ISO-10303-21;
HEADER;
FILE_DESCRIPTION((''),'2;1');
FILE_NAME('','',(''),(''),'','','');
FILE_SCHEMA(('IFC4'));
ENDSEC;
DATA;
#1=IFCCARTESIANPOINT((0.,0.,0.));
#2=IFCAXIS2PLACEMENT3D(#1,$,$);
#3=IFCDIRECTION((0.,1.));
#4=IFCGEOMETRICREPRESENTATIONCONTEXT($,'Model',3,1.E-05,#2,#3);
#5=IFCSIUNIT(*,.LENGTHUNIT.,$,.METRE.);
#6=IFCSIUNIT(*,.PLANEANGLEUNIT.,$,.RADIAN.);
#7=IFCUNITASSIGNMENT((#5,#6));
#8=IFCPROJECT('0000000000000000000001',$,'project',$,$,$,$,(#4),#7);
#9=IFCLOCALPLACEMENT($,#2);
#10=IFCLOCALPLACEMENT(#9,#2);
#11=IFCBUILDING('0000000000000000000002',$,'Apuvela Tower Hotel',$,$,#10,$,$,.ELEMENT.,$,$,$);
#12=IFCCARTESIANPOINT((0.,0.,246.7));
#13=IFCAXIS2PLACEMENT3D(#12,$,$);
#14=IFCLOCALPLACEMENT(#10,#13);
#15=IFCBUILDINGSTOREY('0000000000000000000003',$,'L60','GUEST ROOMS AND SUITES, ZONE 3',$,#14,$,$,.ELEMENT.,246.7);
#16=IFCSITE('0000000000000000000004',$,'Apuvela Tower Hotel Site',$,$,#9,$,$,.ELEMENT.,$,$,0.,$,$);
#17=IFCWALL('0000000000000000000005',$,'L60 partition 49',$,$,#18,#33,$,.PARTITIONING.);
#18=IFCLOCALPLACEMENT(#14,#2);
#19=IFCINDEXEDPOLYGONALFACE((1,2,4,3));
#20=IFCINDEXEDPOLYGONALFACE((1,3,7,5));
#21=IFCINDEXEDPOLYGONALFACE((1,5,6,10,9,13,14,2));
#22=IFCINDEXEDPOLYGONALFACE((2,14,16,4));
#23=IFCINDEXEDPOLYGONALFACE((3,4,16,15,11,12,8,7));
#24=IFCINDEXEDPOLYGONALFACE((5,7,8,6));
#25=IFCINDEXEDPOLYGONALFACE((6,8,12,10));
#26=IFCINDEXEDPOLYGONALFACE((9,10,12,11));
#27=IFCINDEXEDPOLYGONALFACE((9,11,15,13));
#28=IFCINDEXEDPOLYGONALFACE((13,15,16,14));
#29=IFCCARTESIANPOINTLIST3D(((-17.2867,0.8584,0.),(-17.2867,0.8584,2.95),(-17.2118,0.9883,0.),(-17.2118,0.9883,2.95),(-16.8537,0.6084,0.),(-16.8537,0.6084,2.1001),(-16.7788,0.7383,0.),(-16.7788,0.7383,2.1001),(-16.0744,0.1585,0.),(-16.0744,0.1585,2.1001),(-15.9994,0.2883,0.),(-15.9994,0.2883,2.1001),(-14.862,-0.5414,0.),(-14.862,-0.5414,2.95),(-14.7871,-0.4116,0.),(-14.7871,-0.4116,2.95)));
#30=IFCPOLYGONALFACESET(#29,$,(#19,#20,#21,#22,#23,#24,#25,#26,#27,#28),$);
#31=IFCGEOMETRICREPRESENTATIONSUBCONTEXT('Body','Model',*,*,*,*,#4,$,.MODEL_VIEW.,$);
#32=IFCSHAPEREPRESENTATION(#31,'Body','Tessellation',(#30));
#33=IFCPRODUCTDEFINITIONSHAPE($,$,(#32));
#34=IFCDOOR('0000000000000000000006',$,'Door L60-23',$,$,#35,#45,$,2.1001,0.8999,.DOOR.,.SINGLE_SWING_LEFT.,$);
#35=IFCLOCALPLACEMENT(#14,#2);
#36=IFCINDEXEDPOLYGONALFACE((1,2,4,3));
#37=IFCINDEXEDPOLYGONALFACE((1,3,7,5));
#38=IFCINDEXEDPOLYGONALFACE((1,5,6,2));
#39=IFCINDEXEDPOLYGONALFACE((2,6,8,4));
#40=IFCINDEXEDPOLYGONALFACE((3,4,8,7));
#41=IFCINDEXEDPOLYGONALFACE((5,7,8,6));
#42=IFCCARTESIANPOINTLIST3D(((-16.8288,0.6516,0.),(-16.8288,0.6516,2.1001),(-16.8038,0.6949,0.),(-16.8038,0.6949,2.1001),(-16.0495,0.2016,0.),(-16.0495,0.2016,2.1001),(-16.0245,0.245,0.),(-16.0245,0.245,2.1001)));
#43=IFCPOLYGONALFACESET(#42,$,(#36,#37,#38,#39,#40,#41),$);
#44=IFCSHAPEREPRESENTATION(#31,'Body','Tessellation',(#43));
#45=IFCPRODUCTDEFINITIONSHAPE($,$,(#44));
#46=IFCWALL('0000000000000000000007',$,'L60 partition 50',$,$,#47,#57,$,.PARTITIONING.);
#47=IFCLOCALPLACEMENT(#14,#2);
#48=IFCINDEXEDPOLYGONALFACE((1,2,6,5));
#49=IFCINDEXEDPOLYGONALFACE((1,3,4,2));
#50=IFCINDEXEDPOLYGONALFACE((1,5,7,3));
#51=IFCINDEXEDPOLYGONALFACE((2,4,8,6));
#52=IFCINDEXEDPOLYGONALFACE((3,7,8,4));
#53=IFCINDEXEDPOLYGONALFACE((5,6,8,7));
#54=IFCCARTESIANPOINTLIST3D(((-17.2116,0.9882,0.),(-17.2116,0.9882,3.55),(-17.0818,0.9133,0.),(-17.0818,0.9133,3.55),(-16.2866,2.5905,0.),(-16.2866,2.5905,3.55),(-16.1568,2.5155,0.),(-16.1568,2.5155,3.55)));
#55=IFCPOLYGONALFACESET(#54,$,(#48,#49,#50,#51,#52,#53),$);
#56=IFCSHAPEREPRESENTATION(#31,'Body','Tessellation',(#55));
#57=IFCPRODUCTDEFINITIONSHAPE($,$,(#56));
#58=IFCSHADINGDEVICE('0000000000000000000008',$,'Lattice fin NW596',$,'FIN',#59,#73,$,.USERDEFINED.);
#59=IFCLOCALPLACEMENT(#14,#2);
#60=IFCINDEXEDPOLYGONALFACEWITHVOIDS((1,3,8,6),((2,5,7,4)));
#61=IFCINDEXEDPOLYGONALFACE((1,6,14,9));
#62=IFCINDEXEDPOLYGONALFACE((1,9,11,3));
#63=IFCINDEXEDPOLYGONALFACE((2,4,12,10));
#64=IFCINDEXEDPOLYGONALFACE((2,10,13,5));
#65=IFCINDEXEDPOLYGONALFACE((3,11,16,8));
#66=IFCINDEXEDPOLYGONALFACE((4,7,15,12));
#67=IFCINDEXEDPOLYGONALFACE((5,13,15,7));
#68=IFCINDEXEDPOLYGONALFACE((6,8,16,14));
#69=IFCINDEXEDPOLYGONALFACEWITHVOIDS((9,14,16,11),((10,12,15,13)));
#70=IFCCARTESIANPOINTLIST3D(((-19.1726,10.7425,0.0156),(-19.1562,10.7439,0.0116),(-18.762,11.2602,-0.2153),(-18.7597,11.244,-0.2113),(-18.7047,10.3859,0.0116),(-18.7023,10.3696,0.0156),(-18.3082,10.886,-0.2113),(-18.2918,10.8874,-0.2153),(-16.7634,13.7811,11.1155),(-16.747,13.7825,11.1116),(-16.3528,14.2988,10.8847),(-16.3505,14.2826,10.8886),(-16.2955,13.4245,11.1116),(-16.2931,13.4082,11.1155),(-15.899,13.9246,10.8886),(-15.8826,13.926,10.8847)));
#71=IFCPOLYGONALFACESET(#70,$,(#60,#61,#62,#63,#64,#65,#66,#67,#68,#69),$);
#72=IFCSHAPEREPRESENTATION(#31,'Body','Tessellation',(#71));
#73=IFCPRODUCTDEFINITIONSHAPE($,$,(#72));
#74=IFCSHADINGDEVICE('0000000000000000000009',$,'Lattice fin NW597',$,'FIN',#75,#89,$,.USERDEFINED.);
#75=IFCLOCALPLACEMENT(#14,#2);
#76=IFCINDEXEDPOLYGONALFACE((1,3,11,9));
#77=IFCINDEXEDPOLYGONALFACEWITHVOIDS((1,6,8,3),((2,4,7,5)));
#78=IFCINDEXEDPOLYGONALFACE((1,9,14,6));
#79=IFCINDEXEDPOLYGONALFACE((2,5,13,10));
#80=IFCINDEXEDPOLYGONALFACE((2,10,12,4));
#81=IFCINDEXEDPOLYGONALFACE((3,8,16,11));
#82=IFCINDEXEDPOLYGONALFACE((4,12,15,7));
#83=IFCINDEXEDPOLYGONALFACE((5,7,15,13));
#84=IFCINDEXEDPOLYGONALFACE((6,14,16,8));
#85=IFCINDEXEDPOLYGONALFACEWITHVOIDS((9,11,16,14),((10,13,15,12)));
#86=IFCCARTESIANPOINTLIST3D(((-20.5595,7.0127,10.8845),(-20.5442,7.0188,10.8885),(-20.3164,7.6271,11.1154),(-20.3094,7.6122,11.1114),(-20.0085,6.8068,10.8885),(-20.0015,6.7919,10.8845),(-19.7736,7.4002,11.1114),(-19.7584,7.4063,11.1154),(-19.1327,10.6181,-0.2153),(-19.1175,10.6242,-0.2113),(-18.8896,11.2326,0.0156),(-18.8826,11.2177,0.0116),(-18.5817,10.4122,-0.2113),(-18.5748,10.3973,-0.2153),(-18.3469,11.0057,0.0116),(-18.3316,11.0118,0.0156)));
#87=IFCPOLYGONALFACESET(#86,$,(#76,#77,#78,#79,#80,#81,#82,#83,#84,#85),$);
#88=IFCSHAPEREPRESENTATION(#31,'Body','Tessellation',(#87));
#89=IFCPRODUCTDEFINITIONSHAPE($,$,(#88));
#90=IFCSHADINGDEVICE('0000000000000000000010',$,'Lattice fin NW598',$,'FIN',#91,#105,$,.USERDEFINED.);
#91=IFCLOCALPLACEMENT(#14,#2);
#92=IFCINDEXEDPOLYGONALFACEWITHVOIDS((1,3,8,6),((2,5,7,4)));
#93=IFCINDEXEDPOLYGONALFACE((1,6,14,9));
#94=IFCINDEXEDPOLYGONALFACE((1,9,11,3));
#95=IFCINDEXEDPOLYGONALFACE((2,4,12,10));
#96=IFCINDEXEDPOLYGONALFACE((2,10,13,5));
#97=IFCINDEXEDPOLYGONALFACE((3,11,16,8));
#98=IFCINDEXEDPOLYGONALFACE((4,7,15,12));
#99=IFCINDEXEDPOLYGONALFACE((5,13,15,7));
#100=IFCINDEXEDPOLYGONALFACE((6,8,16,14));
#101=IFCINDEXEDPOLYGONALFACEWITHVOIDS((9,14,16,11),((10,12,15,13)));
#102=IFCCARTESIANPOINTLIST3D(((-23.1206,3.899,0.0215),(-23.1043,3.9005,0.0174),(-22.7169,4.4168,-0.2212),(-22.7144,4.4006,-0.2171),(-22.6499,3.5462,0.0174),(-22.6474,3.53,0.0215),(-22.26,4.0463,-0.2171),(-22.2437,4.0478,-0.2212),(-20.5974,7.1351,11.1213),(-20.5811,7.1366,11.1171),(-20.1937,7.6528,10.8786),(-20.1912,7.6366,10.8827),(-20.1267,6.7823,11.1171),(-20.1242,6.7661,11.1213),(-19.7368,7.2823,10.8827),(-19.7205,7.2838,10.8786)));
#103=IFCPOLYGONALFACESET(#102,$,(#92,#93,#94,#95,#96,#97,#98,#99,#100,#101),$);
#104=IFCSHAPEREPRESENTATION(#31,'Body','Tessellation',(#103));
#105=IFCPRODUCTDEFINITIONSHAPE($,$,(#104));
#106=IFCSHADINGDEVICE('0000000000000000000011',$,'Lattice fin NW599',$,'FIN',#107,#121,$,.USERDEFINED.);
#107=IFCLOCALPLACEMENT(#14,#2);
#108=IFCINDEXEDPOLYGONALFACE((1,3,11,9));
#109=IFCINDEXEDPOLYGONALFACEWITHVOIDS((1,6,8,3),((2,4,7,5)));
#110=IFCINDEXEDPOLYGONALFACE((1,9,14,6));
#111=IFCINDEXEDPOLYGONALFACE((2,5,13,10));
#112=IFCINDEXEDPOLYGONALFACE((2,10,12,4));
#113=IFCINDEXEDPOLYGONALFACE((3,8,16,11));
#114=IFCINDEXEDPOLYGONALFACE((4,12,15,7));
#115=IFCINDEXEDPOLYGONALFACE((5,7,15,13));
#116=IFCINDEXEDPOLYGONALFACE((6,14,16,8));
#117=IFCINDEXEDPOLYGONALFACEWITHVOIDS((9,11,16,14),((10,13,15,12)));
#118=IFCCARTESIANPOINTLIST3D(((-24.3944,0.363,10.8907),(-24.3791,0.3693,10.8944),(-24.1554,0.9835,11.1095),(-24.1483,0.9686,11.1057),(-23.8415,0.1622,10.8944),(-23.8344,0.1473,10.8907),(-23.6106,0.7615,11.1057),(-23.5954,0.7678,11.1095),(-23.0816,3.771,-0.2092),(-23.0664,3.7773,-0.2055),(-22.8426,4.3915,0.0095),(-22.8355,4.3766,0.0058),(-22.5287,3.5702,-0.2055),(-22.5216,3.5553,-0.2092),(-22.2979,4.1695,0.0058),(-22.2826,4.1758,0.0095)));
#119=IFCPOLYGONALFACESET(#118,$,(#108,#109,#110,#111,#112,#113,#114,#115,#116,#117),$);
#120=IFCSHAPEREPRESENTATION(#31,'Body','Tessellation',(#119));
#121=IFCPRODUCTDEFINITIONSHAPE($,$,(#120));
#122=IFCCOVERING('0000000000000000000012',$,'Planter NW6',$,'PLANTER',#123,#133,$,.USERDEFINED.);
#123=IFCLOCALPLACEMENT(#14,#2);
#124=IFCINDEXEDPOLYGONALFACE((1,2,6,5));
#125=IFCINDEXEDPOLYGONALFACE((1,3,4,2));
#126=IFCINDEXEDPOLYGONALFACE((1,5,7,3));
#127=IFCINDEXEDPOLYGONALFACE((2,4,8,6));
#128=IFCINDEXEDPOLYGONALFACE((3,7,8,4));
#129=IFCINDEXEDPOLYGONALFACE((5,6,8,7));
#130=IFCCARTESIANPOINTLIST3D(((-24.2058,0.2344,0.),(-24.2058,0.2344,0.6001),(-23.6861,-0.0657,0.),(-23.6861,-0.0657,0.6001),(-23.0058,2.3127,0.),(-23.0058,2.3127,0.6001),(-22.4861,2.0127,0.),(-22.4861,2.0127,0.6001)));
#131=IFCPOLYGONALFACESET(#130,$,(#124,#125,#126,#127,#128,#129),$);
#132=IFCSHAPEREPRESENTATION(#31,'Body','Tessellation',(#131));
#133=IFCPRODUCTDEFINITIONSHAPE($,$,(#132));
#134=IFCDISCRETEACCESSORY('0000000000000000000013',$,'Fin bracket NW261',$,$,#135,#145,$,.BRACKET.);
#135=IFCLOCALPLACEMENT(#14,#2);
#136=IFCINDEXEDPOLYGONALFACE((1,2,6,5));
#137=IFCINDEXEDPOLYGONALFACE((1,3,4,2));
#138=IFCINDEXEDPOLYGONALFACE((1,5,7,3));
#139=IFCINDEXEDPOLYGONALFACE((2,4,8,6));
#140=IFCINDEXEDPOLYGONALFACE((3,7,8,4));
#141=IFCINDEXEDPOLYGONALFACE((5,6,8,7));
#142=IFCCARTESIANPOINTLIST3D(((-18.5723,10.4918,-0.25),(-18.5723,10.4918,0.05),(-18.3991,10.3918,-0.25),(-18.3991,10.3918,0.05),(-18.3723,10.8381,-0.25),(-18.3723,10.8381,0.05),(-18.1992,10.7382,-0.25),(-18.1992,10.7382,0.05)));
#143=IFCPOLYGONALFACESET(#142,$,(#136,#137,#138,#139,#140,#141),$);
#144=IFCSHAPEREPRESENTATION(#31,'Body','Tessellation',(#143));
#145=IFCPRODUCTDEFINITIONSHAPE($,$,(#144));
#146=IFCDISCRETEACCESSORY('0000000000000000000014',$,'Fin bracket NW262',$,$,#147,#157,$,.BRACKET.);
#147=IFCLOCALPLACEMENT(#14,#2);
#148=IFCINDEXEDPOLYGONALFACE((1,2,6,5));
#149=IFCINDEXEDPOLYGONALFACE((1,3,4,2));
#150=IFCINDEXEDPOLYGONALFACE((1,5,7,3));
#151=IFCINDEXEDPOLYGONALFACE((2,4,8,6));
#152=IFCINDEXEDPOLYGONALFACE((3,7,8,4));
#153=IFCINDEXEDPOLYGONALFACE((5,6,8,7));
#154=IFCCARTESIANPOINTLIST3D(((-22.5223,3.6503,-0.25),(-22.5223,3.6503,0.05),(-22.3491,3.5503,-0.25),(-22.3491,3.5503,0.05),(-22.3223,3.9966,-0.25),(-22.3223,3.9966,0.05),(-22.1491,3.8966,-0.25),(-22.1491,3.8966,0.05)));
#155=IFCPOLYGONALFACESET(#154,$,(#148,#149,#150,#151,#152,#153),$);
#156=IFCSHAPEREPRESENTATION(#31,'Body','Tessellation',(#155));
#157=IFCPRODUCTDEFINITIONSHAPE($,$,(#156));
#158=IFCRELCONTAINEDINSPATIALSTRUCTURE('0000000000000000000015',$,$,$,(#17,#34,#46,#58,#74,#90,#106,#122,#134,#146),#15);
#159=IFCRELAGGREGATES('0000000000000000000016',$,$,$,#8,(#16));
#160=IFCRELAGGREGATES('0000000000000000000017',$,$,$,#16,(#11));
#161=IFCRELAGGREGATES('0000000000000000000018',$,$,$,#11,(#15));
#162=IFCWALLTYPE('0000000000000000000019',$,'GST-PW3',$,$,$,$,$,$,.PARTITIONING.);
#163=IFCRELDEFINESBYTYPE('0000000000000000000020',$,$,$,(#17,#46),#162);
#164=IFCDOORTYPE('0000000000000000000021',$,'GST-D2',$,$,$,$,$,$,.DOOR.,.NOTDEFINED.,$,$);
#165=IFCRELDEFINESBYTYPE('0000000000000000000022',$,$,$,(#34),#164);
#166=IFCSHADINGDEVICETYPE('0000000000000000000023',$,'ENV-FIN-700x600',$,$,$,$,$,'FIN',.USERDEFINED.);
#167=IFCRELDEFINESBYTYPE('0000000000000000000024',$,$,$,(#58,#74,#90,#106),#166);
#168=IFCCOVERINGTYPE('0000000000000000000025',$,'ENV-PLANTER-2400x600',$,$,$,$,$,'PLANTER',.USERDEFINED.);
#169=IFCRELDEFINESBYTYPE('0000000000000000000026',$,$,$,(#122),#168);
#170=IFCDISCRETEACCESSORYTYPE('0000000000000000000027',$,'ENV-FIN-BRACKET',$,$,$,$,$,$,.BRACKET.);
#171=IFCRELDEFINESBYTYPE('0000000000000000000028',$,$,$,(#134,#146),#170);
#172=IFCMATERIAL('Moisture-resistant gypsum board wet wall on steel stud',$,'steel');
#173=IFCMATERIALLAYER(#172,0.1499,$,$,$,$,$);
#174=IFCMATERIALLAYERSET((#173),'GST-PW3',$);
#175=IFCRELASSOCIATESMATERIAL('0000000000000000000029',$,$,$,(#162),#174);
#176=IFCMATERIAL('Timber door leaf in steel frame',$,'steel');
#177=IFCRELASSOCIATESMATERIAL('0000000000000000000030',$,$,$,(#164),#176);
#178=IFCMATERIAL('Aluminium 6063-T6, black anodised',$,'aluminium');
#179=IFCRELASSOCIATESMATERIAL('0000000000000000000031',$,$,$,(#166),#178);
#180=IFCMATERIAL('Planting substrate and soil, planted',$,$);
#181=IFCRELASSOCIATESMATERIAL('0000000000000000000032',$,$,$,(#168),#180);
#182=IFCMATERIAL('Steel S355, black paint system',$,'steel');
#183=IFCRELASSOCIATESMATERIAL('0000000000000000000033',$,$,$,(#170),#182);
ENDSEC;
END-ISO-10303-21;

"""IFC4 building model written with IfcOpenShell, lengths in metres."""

from ifc_helpers import new_model, si_unit, direction, frame, frame_2d, origin, origin_2d, place, context, subcontext, project, spatial, rectangle, hollow_rectangle, extrude, material, layer, layer_set, material_profile, profile_set, type_object, element, fill, save


model = new_model("IFC4")

# Units and contexts
model_context = context("Model", 3, precision=1e-05, world=origin(), true_north=direction((0.0, 1.0)))
body_context = subcontext(model_context, "Body", "Model", "MODEL_VIEW")
ifc_project = project(units=[si_unit("LENGTHUNIT", "METRE"), si_unit("PLANEANGLEUNIT", "RADIAN")], contexts=[model_context])

# Site, building, storey
site_placement = place(None, origin())
site = spatial("IfcSite", under=ifc_project, at=site_placement, Name="Apuvela Tower Hotel Site", CompositionType="ELEMENT", RefElevation=0.0)
building_placement = place(site_placement, origin())
building = spatial("IfcBuilding", under=site, at=building_placement, Name="Apuvela Tower Hotel", CompositionType="ELEMENT")
storey_placement = place(building_placement, frame((0.0, 0.0, 246.7)))
storey = spatial("IfcBuildingStorey", under=building, at=storey_placement, Name="L60", Description="GUEST ROOMS AND SUITES, ZONE 3", CompositionType="ELEMENT", Elevation=246.7)

# Wall, opening, door
ifc_material_1 = material(Name="Moisture-resistant gypsum board wet wall on steel stud", Category="steel")
ifc_layer_1 = layer(ifc_material_1, 0.1499)
ifc_layer_set_1 = layer_set([ifc_layer_1], Name="GST-PW3")
wall_type_1 = type_object("IfcWallType", Name="GST-PW3", PredefinedType="PARTITIONING", material=ifc_layer_set_1)
wall_1_placement = place(storey_placement, frame((-17.2493, 0.9233, 0.0), z_axis=(0.0, 0.0, 1.0), x_axis=(0.866035, -0.499984, 0.0)))
wall_1 = element("IfcWall", 1, at=wall_1_placement, inside=storey, type_object=wall_type_1, Name="L60 partition 49", PredefinedType="PARTITIONING", context=body_context, shape_type="SweptSolid", body=[
    extrude(rectangle(XDim=2.7998, YDim=0.1499, at=frame_2d((1.3999, 0.0))), origin(), (0.0, 0.0, 1.0), 2.95),
])
opening_1_placement = place(wall_1_placement, frame((0.5, 0.0, 0.0)))
opening_1 = element("IfcOpeningElement", 2, at=opening_1_placement, cuts=wall_1, PredefinedType="OPENING", context=body_context, shape_type="SweptSolid", body=[
    extrude(rectangle(XDim=0.8999, YDim=2.1001, at=frame_2d((0.45, 1.05))), frame((0.0, 0.085, 0.0), z_axis=(0.0, -1.0, 0.0), x_axis=(1.0, 0.0, 0.0)), (0.0, 0.0, 1.0), 0.1699),
])
ifc_material_2 = material(Name="Timber door leaf in steel frame", Category="steel")
door_type_1 = type_object("IfcDoorType", Name="GST-D2", OperationType="NOTDEFINED", PredefinedType="DOOR", material=ifc_material_2)
door_1_placement = place(opening_1_placement, origin())
door_1 = element("IfcDoor", 3, at=door_1_placement, inside=storey, type_object=door_type_1, Name="Door L60-23", OperationType="SINGLE_SWING_LEFT", OverallHeight=2.1001, OverallWidth=0.8999, PredefinedType="DOOR", context=body_context, shape_type="SweptSolid", body=[
    extrude(rectangle(XDim=0.8999, YDim=2.1001, at=frame_2d((0.45, 1.05))), frame((0.0, 0.0249, 0.0), z_axis=(0.0, -1.0, 0.0), x_axis=(1.0, 0.0, 0.0)), (0.0, 0.0, 1.0), 0.05),
])
fill(opening_1, door_1)

# Wall
wall_2_placement = place(storey_placement, frame((-16.2217, 2.553, 0.0), z_axis=(0.0, 0.0, 1.0), x_axis=(-0.499985, -0.866034, 0.0)))
element("IfcWall", 4, at=wall_2_placement, inside=storey, type_object=wall_type_1, Name="L60 partition 50", PredefinedType="PARTITIONING", context=body_context, shape_type="SweptSolid", body=[
    extrude(rectangle(XDim=1.8501, YDim=0.1499, at=frame_2d((0.925, 0.0))), origin(), (0.0, 0.0, 1.0), 3.55),
])

# Shading devices
ifc_material_3 = material(Name="Aluminium 6063-T6, black anodised", Category="aluminium")
ifc_material_profile_1 = material_profile(ifc_material_3, hollow_rectangle(XDim=0.6001, YDim=0.7, WallThickness=0.012, at=origin_2d()), Name="AL BOX 700x600x12")
ifc_profile_set_1 = profile_set([ifc_material_profile_1], Name="Aluminium 6063-T6, black anodised")
shading_device_type = type_object("IfcShadingDeviceType", Name="ENV-FIN-700x600", ElementType="FIN", PredefinedType="USERDEFINED", material=ifc_profile_set_1)
shading_device_1_placement = place(storey_placement, frame((-18.7322, 10.8149, -0.0999), z_axis=(0.204902, 0.258432, 0.944049), x_axis=(-0.783589, 0.62128, 0.0)))
element("IfcShadingDevice", 5, at=shading_device_1_placement, inside=storey, type_object=shading_device_type, Name="Lattice fin NW596", ObjectType="FIN", PredefinedType="USERDEFINED", context=body_context, shape_type="SweptSolid", body=[
    extrude(hollow_rectangle(XDim=0.6001, YDim=0.7, WallThickness=0.012, at=origin_2d()), origin(), (0.0, 0.0, 1.0), 11.7578),
])
shading_device_2_placement = place(storey_placement, frame((-18.7322, 10.8149, -0.0999), z_axis=(-0.121347, -0.306649, 0.944056), x_axis=(0.929843, -0.367958, 0.0)))
element("IfcShadingDevice", 6, at=shading_device_2_placement, inside=storey, type_object=shading_device_type, Name="Lattice fin NW597", ObjectType="FIN", PredefinedType="USERDEFINED", context=body_context, shape_type="SweptSolid", body=[
    extrude(hollow_rectangle(XDim=0.6001, YDim=0.7, WallThickness=0.012, at=origin_2d()), origin(), (0.0, 0.0, 1.0), 11.7576),
])
shading_device_3_placement = place(storey_placement, frame((-22.6821, 3.9734, -0.0999), z_axis=(0.213214, 0.273455, 0.937956), x_axis=(-0.788615, 0.614888, 0.0)))
element("IfcShadingDevice", 7, at=shading_device_3_placement, inside=storey, type_object=shading_device_type, Name="Lattice fin NW598", ObjectType="FIN", PredefinedType="USERDEFINED", context=body_context, shape_type="SweptSolid", body=[
    extrude(hollow_rectangle(XDim=0.6001, YDim=0.7, WallThickness=0.012, at=origin_2d()), origin(), (0.0, 0.0, 1.0), 11.834),
])
shading_device_4_placement = place(storey_placement, frame((-22.6821, 3.9734, -0.0999), z_axis=(-0.112342, -0.291647, 0.949906), x_axis=(0.933163, -0.359454, 0.0)))
element("IfcShadingDevice", 8, at=shading_device_4_placement, inside=storey, type_object=shading_device_type, Name="Lattice fin NW599", ObjectType="FIN", PredefinedType="USERDEFINED", context=body_context, shape_type="SweptSolid", body=[
    extrude(hollow_rectangle(XDim=0.6001, YDim=0.7, WallThickness=0.012, at=origin_2d()), origin(), (0.0, 0.0, 1.0), 11.6853),
])

# Covering
ifc_material_4 = material(Name="Planting substrate and soil, planted")
covering_type = type_object("IfcCoveringType", Name="ENV-PLANTER-2400x600", ElementType="PLANTER", PredefinedType="USERDEFINED", material=ifc_material_4)
covering_placement = place(storey_placement, frame((-23.3459, 1.1235, 0.0), z_axis=(0.0, 0.0, 1.0), x_axis=(-0.5, -0.866025, 0.0)))
element("IfcCovering", 9, at=covering_placement, inside=storey, type_object=covering_type, Name="Planter NW6", ObjectType="PLANTER", PredefinedType="USERDEFINED", context=body_context, shape_type="SweptSolid", body=[
    extrude(rectangle(XDim=2.3999, YDim=0.6001, at=origin_2d()), origin(), (0.0, 0.0, 1.0), 0.6001),
])

# Discrete accessories
ifc_material_5 = material(Name="Steel S355, black paint system", Category="steel")
discrete_accessory_type = type_object("IfcDiscreteAccessoryType", Name="ENV-FIN-BRACKET", PredefinedType="BRACKET", material=ifc_material_5)
for number, where, z_axis, x_axis, name in (
    (10, (-18.3857, 10.615, -0.25), (0.0, 0.0, 1.0), (-0.5, -0.866025, 0.0), "Fin bracket NW261"),
    (11, (-22.3357, 3.7734, -0.25), (0.0, 0.0, 1.0), (-0.5, -0.866025, 0.0), "Fin bracket NW262"),
):
    element("IfcDiscreteAccessory", number, at=place(storey_placement, frame(where, z_axis=z_axis, x_axis=x_axis)), inside=storey, type_object=discrete_accessory_type, Name=name, PredefinedType="BRACKET", context=body_context, shape_type="SweptSolid", body=[
        extrude(rectangle(XDim=0.3999, YDim=0.2, at=origin_2d()), origin(), (0.0, 0.0, 1.0), 0.3),
    ])

save(model, "model.ifc")
